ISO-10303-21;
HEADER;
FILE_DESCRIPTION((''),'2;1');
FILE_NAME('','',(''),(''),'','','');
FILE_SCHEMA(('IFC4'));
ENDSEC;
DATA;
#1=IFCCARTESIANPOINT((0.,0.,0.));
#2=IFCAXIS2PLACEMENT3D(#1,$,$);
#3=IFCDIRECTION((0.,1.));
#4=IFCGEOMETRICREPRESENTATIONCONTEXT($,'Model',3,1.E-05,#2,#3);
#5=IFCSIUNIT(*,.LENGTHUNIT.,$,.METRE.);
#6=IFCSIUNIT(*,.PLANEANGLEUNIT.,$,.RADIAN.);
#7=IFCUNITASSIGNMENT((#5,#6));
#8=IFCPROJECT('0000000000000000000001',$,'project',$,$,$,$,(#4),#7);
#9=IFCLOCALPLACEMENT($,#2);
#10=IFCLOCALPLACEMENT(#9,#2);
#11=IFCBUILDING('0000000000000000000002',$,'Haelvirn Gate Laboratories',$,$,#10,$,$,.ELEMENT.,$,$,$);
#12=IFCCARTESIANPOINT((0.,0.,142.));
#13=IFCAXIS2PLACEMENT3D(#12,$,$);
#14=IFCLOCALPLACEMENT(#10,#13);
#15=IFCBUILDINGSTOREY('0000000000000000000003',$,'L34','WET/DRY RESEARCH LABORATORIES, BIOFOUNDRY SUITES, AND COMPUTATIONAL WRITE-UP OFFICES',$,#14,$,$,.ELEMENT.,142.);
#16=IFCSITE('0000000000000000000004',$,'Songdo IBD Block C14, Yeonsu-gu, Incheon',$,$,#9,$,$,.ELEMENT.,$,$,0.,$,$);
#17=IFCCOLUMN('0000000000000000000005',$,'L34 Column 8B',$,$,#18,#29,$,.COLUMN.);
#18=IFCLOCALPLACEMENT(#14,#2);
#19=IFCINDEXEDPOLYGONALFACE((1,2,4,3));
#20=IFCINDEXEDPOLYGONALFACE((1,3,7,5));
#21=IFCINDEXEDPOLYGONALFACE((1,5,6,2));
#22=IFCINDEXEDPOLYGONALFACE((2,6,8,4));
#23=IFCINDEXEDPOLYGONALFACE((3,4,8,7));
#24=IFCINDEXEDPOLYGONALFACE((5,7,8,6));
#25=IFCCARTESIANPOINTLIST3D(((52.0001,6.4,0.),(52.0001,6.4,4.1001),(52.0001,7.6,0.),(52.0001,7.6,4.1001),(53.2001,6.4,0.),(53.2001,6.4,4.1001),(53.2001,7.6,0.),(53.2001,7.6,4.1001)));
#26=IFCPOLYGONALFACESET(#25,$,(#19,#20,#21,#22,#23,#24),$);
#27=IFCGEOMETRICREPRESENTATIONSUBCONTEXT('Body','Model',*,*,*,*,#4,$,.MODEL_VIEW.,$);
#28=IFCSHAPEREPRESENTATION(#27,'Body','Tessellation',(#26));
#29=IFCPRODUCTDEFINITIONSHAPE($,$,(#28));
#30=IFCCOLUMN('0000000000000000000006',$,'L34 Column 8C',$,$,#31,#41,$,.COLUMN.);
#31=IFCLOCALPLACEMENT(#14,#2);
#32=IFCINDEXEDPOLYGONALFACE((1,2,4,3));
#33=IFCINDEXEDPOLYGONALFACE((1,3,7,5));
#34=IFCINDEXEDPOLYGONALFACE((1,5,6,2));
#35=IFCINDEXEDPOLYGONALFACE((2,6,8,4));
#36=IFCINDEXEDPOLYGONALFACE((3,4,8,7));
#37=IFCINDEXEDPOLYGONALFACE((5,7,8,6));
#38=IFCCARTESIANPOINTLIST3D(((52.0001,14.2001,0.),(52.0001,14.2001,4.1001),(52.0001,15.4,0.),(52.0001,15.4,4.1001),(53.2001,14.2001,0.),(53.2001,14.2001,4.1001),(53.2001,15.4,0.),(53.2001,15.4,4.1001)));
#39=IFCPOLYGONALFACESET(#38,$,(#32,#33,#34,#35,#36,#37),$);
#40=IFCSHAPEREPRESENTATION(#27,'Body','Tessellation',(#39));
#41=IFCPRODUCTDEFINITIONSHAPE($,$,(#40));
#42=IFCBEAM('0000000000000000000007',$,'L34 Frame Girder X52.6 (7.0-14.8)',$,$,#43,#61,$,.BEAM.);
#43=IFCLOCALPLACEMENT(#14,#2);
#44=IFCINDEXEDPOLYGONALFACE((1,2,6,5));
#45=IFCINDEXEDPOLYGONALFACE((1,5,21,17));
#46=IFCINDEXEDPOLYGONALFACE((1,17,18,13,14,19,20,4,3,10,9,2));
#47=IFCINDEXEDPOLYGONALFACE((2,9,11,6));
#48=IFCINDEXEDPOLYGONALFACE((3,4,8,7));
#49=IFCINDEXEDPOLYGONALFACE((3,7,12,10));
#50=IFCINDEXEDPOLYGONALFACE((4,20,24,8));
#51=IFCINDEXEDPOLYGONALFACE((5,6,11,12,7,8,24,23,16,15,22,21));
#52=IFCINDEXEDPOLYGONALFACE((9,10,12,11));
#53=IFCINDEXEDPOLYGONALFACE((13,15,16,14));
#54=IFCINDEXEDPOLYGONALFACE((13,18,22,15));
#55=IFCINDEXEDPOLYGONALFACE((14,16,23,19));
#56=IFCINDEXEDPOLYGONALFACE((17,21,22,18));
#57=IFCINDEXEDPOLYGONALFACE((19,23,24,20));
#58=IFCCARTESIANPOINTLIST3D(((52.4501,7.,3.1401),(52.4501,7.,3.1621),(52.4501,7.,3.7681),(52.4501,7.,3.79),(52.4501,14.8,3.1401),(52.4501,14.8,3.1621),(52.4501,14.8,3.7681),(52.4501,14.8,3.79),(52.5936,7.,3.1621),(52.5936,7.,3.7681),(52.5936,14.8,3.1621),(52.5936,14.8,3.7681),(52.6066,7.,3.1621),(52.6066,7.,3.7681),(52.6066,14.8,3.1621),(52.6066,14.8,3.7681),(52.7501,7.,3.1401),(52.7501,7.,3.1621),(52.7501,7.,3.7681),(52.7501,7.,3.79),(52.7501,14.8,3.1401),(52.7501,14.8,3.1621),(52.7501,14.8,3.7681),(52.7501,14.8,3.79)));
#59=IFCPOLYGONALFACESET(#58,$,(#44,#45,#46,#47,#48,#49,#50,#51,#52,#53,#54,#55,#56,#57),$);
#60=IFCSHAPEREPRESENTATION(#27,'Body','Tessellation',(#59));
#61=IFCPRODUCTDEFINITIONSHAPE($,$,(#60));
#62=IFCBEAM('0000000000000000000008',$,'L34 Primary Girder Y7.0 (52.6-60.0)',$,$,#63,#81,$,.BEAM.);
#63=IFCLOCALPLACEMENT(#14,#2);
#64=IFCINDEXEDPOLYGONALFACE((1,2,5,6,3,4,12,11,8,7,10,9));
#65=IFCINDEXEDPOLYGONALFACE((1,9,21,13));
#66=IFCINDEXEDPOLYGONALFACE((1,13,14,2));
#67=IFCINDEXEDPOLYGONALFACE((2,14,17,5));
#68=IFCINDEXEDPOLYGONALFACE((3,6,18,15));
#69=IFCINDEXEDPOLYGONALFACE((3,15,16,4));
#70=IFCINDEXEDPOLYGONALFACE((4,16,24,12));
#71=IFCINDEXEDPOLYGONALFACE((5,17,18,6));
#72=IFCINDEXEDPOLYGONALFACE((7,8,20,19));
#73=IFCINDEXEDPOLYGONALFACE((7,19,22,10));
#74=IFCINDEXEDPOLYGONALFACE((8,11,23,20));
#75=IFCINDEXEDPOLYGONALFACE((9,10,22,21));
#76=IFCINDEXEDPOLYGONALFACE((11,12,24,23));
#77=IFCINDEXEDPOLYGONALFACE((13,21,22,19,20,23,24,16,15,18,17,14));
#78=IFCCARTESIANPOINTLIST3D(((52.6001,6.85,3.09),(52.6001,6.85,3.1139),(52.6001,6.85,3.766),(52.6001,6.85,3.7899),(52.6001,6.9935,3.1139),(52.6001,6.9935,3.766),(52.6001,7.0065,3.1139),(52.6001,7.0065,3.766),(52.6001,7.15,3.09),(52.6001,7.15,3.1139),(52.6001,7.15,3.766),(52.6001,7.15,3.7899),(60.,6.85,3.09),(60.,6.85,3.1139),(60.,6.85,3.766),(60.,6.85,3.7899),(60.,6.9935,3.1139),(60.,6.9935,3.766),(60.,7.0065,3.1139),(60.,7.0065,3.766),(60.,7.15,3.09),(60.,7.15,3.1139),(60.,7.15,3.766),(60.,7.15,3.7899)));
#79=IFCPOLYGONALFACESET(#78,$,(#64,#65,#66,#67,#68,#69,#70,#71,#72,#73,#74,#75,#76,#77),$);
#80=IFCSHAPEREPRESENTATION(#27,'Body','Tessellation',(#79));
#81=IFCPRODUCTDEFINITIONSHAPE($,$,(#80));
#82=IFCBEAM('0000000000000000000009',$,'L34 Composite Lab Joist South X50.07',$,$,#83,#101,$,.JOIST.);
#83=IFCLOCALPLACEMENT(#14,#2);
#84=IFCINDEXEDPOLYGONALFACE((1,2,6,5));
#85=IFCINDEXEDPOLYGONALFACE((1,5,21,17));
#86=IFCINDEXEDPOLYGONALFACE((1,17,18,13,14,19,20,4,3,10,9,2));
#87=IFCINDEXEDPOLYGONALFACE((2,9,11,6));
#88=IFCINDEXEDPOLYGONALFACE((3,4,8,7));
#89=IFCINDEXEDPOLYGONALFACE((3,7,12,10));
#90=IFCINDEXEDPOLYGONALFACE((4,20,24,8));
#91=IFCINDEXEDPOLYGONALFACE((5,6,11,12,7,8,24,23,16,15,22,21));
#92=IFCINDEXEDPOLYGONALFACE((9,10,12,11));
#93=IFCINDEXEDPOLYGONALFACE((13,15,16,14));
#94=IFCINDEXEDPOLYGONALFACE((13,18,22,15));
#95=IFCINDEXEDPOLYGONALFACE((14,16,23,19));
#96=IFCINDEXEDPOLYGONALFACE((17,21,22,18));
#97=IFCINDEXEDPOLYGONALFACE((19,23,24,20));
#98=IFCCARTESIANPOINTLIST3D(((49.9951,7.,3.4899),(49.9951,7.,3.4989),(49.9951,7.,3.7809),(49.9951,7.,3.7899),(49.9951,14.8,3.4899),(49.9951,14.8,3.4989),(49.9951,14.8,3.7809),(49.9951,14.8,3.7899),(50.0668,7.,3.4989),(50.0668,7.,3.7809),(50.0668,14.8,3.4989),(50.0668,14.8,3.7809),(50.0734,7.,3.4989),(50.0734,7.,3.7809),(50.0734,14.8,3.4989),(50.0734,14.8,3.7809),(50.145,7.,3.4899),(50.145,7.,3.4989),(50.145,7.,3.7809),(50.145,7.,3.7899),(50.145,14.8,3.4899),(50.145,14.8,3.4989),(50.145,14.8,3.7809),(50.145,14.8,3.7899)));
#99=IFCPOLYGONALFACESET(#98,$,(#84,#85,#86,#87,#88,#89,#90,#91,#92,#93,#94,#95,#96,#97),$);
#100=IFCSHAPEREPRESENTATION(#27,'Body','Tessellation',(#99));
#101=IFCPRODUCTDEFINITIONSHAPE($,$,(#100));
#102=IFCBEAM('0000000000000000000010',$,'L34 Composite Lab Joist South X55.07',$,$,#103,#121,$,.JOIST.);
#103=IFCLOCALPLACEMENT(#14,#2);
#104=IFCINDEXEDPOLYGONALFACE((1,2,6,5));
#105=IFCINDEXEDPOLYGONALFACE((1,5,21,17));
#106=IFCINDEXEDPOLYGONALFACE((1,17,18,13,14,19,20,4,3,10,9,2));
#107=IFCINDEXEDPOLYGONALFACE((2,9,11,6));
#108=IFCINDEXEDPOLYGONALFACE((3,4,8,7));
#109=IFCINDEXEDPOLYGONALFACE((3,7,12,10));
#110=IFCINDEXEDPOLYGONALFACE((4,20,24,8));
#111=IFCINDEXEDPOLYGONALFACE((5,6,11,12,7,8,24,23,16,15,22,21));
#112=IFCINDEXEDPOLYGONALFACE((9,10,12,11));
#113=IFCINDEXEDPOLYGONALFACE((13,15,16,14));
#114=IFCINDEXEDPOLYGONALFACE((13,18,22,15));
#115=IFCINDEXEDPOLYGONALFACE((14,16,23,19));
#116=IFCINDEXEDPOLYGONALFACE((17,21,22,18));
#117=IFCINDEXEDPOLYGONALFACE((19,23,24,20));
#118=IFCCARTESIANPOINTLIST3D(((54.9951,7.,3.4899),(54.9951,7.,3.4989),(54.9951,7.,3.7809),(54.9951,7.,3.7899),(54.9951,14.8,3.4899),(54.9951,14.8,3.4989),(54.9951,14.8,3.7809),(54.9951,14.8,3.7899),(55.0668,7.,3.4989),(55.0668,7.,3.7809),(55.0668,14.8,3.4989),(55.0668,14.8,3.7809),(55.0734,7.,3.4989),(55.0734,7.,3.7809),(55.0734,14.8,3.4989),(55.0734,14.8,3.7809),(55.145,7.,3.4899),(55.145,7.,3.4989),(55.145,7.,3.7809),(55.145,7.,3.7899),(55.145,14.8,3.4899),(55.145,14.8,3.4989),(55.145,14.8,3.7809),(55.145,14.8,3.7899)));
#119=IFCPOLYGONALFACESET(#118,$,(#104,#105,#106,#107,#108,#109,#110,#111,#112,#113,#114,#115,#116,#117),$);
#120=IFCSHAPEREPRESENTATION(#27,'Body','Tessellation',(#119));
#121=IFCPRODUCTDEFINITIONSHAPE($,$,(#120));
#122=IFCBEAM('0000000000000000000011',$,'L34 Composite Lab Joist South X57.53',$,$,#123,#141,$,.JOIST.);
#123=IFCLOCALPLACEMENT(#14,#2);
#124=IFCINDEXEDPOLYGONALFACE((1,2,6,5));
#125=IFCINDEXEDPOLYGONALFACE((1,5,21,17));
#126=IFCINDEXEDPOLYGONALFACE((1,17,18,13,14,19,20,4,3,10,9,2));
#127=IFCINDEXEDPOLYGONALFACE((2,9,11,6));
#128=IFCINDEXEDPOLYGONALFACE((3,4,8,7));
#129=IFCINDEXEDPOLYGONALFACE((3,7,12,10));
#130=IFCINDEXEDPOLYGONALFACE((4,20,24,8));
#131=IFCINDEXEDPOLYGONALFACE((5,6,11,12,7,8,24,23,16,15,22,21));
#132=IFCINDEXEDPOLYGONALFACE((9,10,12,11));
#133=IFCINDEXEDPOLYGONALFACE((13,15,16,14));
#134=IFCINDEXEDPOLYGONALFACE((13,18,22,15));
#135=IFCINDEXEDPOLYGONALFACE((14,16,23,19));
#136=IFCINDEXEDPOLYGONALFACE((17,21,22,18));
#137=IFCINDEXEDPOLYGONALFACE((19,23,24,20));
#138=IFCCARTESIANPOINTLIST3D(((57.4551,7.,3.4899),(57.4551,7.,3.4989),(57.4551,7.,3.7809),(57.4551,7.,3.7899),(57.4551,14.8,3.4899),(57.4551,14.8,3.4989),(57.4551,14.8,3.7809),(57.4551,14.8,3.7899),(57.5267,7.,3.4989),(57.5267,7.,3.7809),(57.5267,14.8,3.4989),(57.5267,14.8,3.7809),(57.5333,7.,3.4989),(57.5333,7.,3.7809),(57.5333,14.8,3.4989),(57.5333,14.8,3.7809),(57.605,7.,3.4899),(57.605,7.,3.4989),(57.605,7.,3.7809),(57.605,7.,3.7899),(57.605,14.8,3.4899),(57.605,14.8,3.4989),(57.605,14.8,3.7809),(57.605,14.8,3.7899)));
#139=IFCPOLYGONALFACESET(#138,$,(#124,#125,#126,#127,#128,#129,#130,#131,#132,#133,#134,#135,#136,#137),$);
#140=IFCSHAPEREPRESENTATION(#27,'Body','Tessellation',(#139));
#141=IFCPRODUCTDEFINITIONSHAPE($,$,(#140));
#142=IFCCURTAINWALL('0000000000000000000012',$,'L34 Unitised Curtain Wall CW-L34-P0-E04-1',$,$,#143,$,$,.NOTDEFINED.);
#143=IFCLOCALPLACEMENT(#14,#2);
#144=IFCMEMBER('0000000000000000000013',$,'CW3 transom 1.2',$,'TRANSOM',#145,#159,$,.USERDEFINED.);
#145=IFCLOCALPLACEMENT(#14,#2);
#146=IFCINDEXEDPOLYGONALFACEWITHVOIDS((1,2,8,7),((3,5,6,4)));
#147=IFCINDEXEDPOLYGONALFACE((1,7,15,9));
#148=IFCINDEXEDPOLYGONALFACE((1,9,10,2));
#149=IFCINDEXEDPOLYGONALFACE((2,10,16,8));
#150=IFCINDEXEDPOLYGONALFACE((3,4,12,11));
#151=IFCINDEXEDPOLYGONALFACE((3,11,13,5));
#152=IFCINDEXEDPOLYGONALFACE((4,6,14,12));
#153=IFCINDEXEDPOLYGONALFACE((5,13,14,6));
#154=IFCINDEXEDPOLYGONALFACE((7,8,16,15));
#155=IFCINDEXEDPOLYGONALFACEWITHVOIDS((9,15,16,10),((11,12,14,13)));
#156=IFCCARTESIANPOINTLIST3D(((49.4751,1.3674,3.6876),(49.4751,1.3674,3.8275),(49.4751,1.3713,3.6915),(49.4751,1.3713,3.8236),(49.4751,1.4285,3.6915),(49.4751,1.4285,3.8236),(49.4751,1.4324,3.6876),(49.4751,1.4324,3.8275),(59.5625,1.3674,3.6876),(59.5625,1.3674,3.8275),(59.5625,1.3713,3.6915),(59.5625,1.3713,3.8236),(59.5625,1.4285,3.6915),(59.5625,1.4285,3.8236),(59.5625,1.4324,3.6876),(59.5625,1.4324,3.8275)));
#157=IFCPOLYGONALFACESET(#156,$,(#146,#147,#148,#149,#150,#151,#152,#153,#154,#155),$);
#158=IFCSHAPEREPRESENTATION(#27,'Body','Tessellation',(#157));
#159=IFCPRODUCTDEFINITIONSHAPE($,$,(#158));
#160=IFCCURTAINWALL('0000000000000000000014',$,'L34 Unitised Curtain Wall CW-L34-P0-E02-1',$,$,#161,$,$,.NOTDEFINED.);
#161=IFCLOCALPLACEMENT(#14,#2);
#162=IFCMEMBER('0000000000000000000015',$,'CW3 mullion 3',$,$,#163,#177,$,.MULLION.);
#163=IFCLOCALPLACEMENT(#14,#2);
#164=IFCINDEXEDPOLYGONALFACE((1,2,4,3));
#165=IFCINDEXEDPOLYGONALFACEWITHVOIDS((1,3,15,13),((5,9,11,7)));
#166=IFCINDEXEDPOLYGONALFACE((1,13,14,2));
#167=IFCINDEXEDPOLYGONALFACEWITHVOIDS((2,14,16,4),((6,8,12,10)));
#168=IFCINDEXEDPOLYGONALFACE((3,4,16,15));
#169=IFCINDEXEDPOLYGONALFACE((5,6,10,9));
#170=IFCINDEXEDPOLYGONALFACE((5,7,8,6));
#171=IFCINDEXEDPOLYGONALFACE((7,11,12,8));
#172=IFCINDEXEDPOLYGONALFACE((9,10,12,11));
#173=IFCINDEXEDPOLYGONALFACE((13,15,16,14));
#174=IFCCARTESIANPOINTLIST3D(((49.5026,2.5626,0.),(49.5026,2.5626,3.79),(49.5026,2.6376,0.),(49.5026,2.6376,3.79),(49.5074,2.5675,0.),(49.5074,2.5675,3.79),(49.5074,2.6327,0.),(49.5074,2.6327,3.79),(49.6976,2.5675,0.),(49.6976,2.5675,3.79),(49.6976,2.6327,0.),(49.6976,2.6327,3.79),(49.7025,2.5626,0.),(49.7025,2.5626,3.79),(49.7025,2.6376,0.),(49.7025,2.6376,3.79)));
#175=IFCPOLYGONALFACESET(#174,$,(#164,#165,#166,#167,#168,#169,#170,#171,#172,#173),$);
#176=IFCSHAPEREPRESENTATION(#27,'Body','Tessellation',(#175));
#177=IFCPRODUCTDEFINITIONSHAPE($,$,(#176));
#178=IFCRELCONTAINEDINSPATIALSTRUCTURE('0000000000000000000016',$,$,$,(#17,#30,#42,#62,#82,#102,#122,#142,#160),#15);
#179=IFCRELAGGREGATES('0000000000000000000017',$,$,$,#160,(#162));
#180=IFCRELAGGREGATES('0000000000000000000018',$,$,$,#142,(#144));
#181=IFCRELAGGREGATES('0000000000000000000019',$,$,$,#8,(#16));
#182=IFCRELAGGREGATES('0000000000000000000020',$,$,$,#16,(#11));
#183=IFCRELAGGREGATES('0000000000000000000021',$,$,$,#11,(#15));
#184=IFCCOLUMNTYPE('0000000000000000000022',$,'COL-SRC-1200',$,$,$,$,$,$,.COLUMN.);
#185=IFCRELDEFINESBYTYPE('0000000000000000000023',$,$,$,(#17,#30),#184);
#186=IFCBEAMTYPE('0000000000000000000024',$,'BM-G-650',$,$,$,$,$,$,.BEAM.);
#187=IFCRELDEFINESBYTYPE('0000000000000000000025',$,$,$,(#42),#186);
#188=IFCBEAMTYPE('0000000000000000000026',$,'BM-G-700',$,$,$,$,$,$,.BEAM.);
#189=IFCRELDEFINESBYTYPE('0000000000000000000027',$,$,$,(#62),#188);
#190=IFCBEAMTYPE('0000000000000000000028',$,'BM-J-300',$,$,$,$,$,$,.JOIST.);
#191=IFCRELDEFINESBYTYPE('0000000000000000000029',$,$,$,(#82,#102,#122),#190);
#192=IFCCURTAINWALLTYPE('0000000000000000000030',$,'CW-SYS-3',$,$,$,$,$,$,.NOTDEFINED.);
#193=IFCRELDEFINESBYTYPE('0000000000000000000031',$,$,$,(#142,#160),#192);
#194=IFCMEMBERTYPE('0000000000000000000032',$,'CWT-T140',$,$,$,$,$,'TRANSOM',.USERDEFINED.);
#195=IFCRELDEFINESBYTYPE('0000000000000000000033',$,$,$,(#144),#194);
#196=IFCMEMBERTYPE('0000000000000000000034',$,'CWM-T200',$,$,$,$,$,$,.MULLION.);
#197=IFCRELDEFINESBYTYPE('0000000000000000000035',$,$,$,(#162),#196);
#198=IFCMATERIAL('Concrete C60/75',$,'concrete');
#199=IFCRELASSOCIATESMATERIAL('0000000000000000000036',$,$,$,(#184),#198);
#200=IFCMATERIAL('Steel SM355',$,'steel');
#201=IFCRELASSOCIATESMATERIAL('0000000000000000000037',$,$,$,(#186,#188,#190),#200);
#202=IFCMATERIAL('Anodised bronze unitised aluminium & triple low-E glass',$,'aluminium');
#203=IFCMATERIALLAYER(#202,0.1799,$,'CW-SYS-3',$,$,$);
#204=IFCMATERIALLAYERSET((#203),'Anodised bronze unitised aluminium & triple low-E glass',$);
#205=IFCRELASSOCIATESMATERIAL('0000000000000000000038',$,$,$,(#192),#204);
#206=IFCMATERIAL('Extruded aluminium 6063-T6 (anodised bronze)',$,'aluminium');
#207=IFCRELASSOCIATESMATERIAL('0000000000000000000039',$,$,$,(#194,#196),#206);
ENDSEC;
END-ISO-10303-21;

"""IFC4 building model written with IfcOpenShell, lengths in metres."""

from ifc_helpers import new_model, si_unit, direction, frame, origin, origin_2d, place, context, subcontext, project, spatial, rectangle, hollow_rectangle, i_section, extrude, source, transform, mapped, material, layer, layer_set, material_profile, profile_set, type_object, type_shapes, element, aggregate, save


model = new_model("IFC4")

# Units and contexts
model_context = context("Model", 3, precision=1e-05, world=origin(), true_north=direction((0.0, 1.0)))
body_context = subcontext(model_context, "Body", "Model", "MODEL_VIEW")
ifc_project = project(units=[si_unit("LENGTHUNIT", "METRE"), si_unit("PLANEANGLEUNIT", "RADIAN")], contexts=[model_context])

# Site, building, storey
site_placement = place(None, origin())
site = spatial("IfcSite", under=ifc_project, at=site_placement, Name="Songdo IBD Block C14, Yeonsu-gu, Incheon", CompositionType="ELEMENT", RefElevation=0.0)
building_placement = place(site_placement, origin())
building = spatial("IfcBuilding", under=site, at=building_placement, Name="Haelvirn Gate Laboratories", CompositionType="ELEMENT")
storey_placement = place(building_placement, frame((0.0, 0.0, 142.0)))
storey = spatial("IfcBuildingStorey", under=building, at=storey_placement, Name="L34", Description="WET/DRY RESEARCH LABORATORIES, BIOFOUNDRY SUITES, AND COMPUTATIONAL WRITE-UP OFFICES", CompositionType="ELEMENT", Elevation=142.0)

# Columns
ifc_material_1 = material(Name="Concrete C60/75", Category="concrete")
ifc_material_profile_1 = material_profile(ifc_material_1, rectangle(XDim=1.2, YDim=1.2, at=origin_2d()), Name="SRC-1200x1200")
ifc_profile_set_1 = profile_set([ifc_material_profile_1], Name="Concrete C60/75")
column_type = type_object("IfcColumnType", Name="COL-SRC-1200", PredefinedType="COLUMN", material=ifc_profile_set_1)
shared_shape_1 = source(origin(), body_context, "Body", "SweptSolid", [
    extrude(rectangle(XDim=1.2, YDim=1.2, at=origin_2d()), origin(), (0.0, 0.0, 1.0), 4.1001),
])
type_shapes(column_type, [shared_shape_1])
for number, where, z_axis, x_axis, name in (
    (1, (52.6001, 7.0, 0.0), (0.0, 0.0, 1.0), (1.0, 0.0, 0.0), "L34 Column 8B"),
    (2, (52.6001, 14.8, 0.0), (0.0, 0.0, 1.0), (1.0, 0.0, 0.0), "L34 Column 8C"),
):
    element("IfcColumn", number, at=place(storey_placement, frame(where, z_axis=z_axis, x_axis=x_axis)), inside=storey, type_object=column_type, Name=name, PredefinedType="COLUMN", context=body_context, shape_type="MappedRepresentation", body=[
        mapped(shared_shape_1, transform((0.0, 0.0, 0.0), scale=1.0)),
    ])

# Beams
ifc_material_2 = material(Name="Steel SM355", Category="steel")
ifc_material_profile_2 = material_profile(ifc_material_2, i_section(OverallWidth=0.3, OverallDepth=0.6499, WebThickness=0.0129, FlangeThickness=0.022, at=origin_2d()), Name="H-650x300x13x22")
ifc_profile_set_2 = profile_set([ifc_material_profile_2], Name="Steel SM355")
beam_type_1 = type_object("IfcBeamType", Name="BM-G-650", PredefinedType="BEAM", material=ifc_profile_set_2)
shared_shape_2 = source(origin(), body_context, "Body", "SweptSolid", [
    extrude(i_section(OverallWidth=0.3, OverallDepth=0.6499, WebThickness=0.0129, FlangeThickness=0.022, at=origin_2d()), origin(), (0.0, 0.0, 1.0), 7.8),
])
type_shapes(beam_type_1, [shared_shape_2])
beam_1_placement = place(storey_placement, frame((52.6001, 7.0, 3.4651), z_axis=(0.0, 1.0, 0.0), x_axis=(-1.0, 0.0, 0.0)))
element("IfcBeam", 3, at=beam_1_placement, inside=storey, type_object=beam_type_1, Name="L34 Frame Girder X52.6 (7.0-14.8)", PredefinedType="BEAM", context=body_context, shape_type="MappedRepresentation", body=[
    mapped(shared_shape_2, transform((0.0, 0.0, 0.0), scale=1.0)),
])
ifc_material_profile_3 = material_profile(ifc_material_2, i_section(OverallWidth=0.3, OverallDepth=0.7, WebThickness=0.0129, FlangeThickness=0.0239, at=origin_2d()), Name="H-700x300x13x24")
ifc_profile_set_3 = profile_set([ifc_material_profile_3], Name="Steel SM355")
beam_type_2 = type_object("IfcBeamType", Name="BM-G-700", PredefinedType="BEAM", material=ifc_profile_set_3)
shared_shape_3 = source(origin(), body_context, "Body", "SweptSolid", [
    extrude(i_section(OverallWidth=0.3, OverallDepth=0.7, WebThickness=0.0129, FlangeThickness=0.0239, at=origin_2d()), origin(), (0.0, 0.0, 1.0), 7.3999),
])
type_shapes(beam_type_2, [shared_shape_3])
beam_2_placement = place(storey_placement, frame((52.6001, 7.0, 3.4399), z_axis=(1.0, 0.0, 0.0), x_axis=(0.0, 1.0, 0.0)))
element("IfcBeam", 4, at=beam_2_placement, inside=storey, type_object=beam_type_2, Name="L34 Primary Girder Y7.0 (52.6-60.0)", PredefinedType="BEAM", context=body_context, shape_type="MappedRepresentation", body=[
    mapped(shared_shape_3, transform((0.0, 0.0, 0.0), scale=1.0)),
])
ifc_material_profile_4 = material_profile(ifc_material_2, i_section(OverallWidth=0.1499, OverallDepth=0.3, WebThickness=0.0066, FlangeThickness=0.009, at=origin_2d()), Name="H-300x150x6.5x9")
ifc_profile_set_4 = profile_set([ifc_material_profile_4], Name="Steel SM355")
beam_type_3 = type_object("IfcBeamType", Name="BM-J-300", PredefinedType="JOIST", material=ifc_profile_set_4)
shared_shape_4 = source(origin(), body_context, "Body", "SweptSolid", [
    extrude(i_section(OverallWidth=0.1499, OverallDepth=0.3, WebThickness=0.0066, FlangeThickness=0.009, at=origin_2d()), origin(), (0.0, 0.0, 1.0), 7.8),
])
type_shapes(beam_type_3, [shared_shape_4])
for number, where, z_axis, x_axis, name in (
    (5, (50.0701, 7.0, 3.6399), (0.0, 1.0, 0.0), (-1.0, 0.0, 0.0), "L34 Composite Lab Joist South X50.07"),
    (6, (55.0701, 7.0, 3.6399), (0.0, 1.0, 0.0), (-1.0, 0.0, 0.0), "L34 Composite Lab Joist South X55.07"),
    (7, (57.53, 7.0, 3.6399), (0.0, 1.0, 0.0), (-1.0, 0.0, 0.0), "L34 Composite Lab Joist South X57.53"),
):
    element("IfcBeam", number, at=place(storey_placement, frame(where, z_axis=z_axis, x_axis=x_axis)), inside=storey, type_object=beam_type_3, Name=name, PredefinedType="JOIST", context=body_context, shape_type="MappedRepresentation", body=[
        mapped(shared_shape_4, transform((0.0, 0.0, 0.0), scale=1.0)),
    ])

# Curtain walls, members
ifc_material_3 = material(Name="Anodised bronze unitised aluminium & triple low-E glass", Category="aluminium")
ifc_layer_1 = layer(ifc_material_3, 0.1799, Name="CW-SYS-3")
ifc_layer_set_1 = layer_set([ifc_layer_1], Name="Anodised bronze unitised aluminium & triple low-E glass")
curtain_wall_type = type_object("IfcCurtainWallType", Name="CW-SYS-3", PredefinedType="NOTDEFINED", material=ifc_layer_set_1)
curtain_wall_1_placement = place(storey_placement, origin())
curtain_wall_1 = element("IfcCurtainWall", 8, at=curtain_wall_1_placement, inside=storey, type_object=curtain_wall_type, Name="L34 Unitised Curtain Wall CW-L34-P0-E04-1", PredefinedType="NOTDEFINED")
ifc_material_4 = material(Name="Extruded aluminium 6063-T6 (anodised bronze)", Category="aluminium")
ifc_material_profile_5 = material_profile(ifc_material_4, hollow_rectangle(XDim=0.0649, YDim=0.1399, WallThickness=0.0039, at=origin_2d()), Name="CWT-140x65x4")
ifc_profile_set_5 = profile_set([ifc_material_profile_5], Name="Extruded aluminium 6063-T6 (anodised bronze)")
member_type_1 = type_object("IfcMemberType", Name="CWT-T140", ElementType="TRANSOM", PredefinedType="USERDEFINED", material=ifc_profile_set_5)
shared_shape_5 = source(origin(), body_context, "Body", "SweptSolid", [
    extrude(hollow_rectangle(XDim=0.0649, YDim=0.1399, WallThickness=0.0039, at=origin_2d()), origin(), (0.0, 0.0, 1.0), 10.0874),
])
type_shapes(member_type_1, [shared_shape_5])
member_1_placement = place(storey_placement, frame((49.4751, 1.3999, 3.7576), z_axis=(1.0, 0.0, 0.0), x_axis=(0.0, 1.0, 0.0)))
member_1 = element("IfcMember", 9, at=member_1_placement, type_object=member_type_1, Name="CW3 transom 1.2", ObjectType="TRANSOM", PredefinedType="USERDEFINED", context=body_context, shape_type="MappedRepresentation", body=[
    mapped(shared_shape_5, transform((0.0, 0.0, 0.0), scale=1.0)),
])
curtain_wall_2_placement = place(storey_placement, origin())
curtain_wall_2 = element("IfcCurtainWall", 10, at=curtain_wall_2_placement, inside=storey, type_object=curtain_wall_type, Name="L34 Unitised Curtain Wall CW-L34-P0-E02-1", PredefinedType="NOTDEFINED")
ifc_material_profile_6 = material_profile(ifc_material_4, hollow_rectangle(XDim=0.075, YDim=0.2, WallThickness=0.0049, at=origin_2d()), Name="CWM-200x75x5")
ifc_profile_set_6 = profile_set([ifc_material_profile_6], Name="Extruded aluminium 6063-T6 (anodised bronze)")
member_type_2 = type_object("IfcMemberType", Name="CWM-T200", PredefinedType="MULLION", material=ifc_profile_set_6)
shared_shape_6 = source(origin(), body_context, "Body", "SweptSolid", [
    extrude(hollow_rectangle(XDim=0.075, YDim=0.2, WallThickness=0.0049, at=origin_2d()), origin(), (0.0, 0.0, 1.0), 3.79),
])
type_shapes(member_type_2, [shared_shape_6])
member_2_placement = place(storey_placement, frame((49.6025, 2.6001, 0.0), z_axis=(0.0, 0.0, 1.0), x_axis=(0.0, 1.0, 0.0)))
member_2 = element("IfcMember", 11, at=member_2_placement, type_object=member_type_2, Name="CW3 mullion 3", PredefinedType="MULLION", context=body_context, shape_type="MappedRepresentation", body=[
    mapped(shared_shape_6, transform((0.0, 0.0, 0.0), scale=1.0)),
])
aggregate(curtain_wall_2, [member_2])

aggregate(curtain_wall_1, [member_1])

save(model, "model.ifc")
